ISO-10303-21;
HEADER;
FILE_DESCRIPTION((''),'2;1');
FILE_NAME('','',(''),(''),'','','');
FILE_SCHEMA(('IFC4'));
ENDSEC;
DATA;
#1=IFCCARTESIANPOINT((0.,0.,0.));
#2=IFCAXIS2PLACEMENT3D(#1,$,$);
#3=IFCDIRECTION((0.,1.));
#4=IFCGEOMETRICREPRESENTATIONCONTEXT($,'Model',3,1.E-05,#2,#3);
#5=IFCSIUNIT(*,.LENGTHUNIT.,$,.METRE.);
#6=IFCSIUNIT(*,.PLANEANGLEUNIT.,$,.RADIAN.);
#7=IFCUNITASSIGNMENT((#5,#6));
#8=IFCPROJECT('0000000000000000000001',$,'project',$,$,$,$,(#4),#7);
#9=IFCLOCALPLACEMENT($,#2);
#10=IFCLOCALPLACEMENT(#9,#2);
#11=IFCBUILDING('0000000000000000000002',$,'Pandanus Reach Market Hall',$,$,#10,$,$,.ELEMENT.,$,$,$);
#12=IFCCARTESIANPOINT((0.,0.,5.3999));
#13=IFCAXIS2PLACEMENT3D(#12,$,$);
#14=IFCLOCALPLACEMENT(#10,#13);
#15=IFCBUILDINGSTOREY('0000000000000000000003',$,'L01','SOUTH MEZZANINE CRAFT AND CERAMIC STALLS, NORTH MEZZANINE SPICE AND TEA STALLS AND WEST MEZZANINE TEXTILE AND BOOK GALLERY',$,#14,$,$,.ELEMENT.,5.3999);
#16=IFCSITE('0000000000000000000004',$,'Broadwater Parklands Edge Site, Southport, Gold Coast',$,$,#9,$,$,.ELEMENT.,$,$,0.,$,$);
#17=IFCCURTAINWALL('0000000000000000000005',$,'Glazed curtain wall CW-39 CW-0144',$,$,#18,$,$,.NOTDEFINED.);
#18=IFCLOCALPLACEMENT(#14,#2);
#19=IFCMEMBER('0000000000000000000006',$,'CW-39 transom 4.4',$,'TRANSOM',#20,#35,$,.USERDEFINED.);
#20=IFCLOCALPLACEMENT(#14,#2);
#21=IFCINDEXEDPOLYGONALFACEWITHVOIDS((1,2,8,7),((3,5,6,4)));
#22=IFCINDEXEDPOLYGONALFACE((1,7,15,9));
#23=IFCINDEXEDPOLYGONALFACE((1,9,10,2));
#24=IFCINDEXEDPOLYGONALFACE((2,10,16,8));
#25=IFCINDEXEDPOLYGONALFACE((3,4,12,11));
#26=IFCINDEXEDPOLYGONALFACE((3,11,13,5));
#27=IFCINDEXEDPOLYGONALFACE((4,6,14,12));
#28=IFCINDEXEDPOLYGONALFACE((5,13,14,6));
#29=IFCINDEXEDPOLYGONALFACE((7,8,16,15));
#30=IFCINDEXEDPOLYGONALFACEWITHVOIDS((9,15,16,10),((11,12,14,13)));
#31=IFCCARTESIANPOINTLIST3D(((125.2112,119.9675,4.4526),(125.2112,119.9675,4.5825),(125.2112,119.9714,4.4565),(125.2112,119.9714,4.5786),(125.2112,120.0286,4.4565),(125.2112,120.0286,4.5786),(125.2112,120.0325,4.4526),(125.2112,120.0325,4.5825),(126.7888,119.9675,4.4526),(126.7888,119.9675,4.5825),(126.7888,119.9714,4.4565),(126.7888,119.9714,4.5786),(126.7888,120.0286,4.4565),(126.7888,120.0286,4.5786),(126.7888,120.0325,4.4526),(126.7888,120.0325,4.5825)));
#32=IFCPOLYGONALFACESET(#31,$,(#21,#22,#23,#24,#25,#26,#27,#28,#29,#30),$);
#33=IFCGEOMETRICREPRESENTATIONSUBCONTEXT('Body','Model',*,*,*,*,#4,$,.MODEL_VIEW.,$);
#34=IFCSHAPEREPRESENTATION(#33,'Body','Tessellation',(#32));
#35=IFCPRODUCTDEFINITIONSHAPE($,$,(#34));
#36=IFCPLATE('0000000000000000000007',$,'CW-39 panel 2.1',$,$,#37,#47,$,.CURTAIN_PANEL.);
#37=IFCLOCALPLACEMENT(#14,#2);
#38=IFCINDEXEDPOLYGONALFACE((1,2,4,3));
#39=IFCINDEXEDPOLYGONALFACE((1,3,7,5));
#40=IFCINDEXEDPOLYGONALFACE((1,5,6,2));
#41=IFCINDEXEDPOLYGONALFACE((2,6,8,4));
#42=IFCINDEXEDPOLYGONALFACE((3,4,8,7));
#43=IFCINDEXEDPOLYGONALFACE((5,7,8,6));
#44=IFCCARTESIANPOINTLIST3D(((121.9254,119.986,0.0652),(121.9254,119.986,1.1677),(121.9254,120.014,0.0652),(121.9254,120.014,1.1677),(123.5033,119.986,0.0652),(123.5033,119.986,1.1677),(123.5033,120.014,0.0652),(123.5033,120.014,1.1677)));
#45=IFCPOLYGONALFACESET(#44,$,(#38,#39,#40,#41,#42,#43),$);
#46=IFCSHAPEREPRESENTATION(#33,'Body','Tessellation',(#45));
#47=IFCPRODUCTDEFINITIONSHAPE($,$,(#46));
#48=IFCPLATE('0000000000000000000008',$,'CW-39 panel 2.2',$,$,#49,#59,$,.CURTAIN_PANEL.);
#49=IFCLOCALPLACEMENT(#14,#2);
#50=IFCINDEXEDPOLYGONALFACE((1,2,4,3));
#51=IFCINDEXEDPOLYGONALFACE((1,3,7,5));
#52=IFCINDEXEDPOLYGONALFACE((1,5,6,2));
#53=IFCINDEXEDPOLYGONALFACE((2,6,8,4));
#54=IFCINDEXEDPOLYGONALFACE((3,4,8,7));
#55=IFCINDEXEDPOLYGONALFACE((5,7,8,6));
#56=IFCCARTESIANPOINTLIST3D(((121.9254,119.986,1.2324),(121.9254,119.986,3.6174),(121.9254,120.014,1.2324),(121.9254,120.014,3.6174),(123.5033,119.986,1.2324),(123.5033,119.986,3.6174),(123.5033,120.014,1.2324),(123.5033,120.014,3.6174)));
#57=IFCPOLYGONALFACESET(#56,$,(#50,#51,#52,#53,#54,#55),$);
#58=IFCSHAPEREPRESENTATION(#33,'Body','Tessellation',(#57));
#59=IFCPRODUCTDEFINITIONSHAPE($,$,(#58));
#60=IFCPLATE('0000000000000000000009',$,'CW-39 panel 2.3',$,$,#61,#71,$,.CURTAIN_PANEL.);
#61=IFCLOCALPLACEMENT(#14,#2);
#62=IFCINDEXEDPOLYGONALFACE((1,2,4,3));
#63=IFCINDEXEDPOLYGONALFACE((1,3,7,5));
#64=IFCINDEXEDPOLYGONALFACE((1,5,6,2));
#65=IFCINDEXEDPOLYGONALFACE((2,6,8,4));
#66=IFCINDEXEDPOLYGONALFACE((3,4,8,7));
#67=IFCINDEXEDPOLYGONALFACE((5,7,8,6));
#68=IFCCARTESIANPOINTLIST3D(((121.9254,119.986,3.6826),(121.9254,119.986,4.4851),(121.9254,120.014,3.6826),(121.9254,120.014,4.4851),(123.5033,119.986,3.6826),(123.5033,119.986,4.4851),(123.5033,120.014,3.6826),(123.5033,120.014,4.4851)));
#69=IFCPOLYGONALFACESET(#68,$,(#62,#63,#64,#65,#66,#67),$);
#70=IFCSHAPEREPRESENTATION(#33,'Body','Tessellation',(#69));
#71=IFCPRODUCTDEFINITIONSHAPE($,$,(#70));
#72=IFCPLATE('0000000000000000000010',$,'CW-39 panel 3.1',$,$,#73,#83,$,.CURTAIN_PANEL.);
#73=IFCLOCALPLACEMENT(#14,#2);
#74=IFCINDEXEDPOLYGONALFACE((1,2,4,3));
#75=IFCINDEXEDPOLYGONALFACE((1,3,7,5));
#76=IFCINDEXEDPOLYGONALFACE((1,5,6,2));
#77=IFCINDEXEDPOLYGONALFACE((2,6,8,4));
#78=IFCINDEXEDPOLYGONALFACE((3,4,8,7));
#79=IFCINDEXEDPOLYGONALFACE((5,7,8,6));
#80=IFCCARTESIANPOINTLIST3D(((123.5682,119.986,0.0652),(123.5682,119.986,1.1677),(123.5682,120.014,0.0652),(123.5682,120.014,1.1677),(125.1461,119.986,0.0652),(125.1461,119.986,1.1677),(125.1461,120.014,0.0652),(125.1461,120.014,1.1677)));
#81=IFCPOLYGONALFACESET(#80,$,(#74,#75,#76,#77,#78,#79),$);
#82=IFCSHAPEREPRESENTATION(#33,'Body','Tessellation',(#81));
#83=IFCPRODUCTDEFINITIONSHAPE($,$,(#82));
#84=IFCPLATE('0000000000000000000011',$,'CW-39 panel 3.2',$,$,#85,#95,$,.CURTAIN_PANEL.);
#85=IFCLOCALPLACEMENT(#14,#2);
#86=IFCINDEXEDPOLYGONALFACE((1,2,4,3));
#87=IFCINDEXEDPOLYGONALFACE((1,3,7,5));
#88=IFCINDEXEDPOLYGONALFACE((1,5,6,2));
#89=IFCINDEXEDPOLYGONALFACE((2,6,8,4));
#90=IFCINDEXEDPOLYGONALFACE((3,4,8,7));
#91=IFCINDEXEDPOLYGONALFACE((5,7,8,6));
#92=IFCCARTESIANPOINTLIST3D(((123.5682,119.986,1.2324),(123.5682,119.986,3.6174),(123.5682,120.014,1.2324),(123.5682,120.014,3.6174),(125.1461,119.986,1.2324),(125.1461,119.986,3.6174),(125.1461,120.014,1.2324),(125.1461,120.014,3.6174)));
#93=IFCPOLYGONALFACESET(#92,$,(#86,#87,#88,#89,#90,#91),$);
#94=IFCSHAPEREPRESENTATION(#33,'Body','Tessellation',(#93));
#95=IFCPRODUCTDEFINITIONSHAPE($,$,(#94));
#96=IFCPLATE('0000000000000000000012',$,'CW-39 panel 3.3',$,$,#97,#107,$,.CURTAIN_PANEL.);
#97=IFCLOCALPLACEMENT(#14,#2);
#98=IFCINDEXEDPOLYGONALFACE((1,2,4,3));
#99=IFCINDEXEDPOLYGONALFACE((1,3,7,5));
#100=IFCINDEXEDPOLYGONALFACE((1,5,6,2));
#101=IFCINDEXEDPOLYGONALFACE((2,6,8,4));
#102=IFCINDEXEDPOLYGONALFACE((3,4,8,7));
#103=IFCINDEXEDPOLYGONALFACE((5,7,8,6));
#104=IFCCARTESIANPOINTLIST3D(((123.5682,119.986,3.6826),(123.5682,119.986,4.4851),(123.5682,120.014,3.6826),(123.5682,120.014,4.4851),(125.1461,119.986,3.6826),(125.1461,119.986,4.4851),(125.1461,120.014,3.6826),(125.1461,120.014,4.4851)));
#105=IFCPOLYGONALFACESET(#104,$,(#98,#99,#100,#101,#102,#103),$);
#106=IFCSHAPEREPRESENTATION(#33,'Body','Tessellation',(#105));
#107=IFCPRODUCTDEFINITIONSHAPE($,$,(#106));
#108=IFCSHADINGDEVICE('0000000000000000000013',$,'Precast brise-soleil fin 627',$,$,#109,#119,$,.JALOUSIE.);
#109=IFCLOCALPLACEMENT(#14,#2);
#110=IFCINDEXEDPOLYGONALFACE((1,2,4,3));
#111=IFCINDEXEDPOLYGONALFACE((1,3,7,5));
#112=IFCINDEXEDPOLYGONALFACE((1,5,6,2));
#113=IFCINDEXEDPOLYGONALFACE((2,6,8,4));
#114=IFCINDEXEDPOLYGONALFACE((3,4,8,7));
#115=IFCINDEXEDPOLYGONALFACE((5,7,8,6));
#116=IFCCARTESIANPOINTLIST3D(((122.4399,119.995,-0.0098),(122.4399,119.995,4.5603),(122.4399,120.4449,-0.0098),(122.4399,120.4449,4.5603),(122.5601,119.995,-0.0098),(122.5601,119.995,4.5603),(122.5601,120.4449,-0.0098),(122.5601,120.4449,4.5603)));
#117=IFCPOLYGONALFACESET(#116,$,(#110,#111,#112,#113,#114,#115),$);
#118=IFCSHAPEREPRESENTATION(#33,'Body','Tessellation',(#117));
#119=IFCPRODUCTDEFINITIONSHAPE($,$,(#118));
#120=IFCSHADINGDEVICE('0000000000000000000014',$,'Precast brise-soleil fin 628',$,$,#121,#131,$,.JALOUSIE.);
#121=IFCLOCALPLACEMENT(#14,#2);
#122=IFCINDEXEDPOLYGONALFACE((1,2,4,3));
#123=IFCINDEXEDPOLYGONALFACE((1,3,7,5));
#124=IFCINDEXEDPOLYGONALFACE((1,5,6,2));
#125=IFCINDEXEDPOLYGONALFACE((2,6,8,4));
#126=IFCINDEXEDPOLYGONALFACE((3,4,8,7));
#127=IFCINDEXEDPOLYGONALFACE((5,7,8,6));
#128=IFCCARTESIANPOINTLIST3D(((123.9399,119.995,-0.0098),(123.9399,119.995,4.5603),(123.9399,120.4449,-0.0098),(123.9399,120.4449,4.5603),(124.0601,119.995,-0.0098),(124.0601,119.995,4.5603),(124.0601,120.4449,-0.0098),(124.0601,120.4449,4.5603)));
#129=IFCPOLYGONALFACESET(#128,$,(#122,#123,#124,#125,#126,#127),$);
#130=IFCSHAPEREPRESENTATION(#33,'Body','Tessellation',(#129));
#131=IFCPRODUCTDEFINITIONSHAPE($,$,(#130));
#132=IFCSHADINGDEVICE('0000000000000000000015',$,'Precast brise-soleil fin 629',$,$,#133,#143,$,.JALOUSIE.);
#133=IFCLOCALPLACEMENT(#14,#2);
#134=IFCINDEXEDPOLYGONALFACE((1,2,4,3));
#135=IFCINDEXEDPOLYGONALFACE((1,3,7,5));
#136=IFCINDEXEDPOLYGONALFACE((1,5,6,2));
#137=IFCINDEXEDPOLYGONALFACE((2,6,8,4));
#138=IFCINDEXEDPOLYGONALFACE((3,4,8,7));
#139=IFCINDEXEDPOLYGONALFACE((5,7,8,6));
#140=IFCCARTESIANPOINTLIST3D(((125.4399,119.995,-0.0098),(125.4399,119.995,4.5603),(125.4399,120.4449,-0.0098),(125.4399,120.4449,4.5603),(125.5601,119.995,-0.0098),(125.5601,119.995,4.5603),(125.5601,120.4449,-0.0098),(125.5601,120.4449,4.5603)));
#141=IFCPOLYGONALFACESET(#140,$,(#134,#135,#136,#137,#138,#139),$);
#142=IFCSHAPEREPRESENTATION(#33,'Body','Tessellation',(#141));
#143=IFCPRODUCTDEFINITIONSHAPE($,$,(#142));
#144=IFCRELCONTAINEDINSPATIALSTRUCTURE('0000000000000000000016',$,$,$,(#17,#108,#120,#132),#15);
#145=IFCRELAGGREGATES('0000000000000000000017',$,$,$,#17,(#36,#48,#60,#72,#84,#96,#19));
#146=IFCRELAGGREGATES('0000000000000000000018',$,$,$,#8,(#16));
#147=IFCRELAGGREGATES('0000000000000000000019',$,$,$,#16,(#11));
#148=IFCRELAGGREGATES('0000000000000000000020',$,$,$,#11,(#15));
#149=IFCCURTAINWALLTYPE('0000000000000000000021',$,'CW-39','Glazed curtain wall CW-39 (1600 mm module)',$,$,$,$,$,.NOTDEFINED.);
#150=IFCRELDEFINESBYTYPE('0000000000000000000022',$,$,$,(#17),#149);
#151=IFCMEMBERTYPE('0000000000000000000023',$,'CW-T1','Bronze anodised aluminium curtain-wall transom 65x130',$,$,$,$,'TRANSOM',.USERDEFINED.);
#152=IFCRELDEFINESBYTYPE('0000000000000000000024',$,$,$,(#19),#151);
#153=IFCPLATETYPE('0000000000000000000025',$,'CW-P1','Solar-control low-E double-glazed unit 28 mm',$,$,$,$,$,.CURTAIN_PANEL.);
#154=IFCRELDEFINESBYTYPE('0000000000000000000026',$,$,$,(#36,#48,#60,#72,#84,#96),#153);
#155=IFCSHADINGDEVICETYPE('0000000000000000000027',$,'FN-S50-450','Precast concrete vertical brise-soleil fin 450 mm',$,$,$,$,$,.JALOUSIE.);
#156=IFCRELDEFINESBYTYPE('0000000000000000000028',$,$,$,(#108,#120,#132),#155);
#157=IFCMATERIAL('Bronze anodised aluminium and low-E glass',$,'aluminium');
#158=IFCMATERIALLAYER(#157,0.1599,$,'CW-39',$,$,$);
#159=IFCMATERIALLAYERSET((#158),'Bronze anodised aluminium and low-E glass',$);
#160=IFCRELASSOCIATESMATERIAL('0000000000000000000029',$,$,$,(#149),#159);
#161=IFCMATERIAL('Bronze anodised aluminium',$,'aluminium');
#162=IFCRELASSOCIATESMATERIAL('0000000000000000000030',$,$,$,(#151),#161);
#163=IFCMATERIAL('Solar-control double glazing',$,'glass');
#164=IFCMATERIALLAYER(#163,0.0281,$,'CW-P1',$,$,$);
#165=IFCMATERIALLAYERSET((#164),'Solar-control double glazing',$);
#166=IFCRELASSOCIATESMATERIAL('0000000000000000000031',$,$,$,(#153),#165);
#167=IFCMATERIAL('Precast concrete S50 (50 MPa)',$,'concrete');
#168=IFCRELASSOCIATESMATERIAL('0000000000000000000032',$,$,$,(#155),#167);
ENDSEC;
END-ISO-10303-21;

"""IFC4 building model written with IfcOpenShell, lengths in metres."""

from ifc_helpers import new_model, si_unit, direction, frame, origin, origin_2d, place, context, subcontext, project, spatial, rectangle, hollow_rectangle, extrude, material, layer, layer_set, material_profile, profile_set, type_object, element, aggregate, save


model = new_model("IFC4")

# Units and contexts
model_context = context("Model", 3, precision=1e-05, world=origin(), true_north=direction((0.0, 1.0)))
body_context = subcontext(model_context, "Body", "Model", "MODEL_VIEW")
ifc_project = project(units=[si_unit("LENGTHUNIT", "METRE"), si_unit("PLANEANGLEUNIT", "RADIAN")], contexts=[model_context])

# Site, building, storey
site_placement = place(None, origin())
site = spatial("IfcSite", under=ifc_project, at=site_placement, Name="Broadwater Parklands Edge Site, Southport, Gold Coast", CompositionType="ELEMENT", RefElevation=0.0)
building_placement = place(site_placement, origin())
building = spatial("IfcBuilding", under=site, at=building_placement, Name="Pandanus Reach Market Hall", CompositionType="ELEMENT")
storey_placement = place(building_placement, frame((0.0, 0.0, 5.3999)))
storey = spatial("IfcBuildingStorey", under=building, at=storey_placement, Name="L01", Description="SOUTH MEZZANINE CRAFT AND CERAMIC STALLS, NORTH MEZZANINE SPICE AND TEA STALLS AND WEST MEZZANINE TEXTILE AND BOOK GALLERY", CompositionType="ELEMENT", Elevation=5.3999)

# Curtain wall, member, plates
ifc_material_1 = material(Name="Bronze anodised aluminium and low-E glass", Category="aluminium")
ifc_layer_1 = layer(ifc_material_1, 0.1599, Name="CW-39")
ifc_layer_set_1 = layer_set([ifc_layer_1], Name="Bronze anodised aluminium and low-E glass")
curtain_wall_type = type_object("IfcCurtainWallType", Name="CW-39", Description="Glazed curtain wall CW-39 (1600 mm module)", PredefinedType="NOTDEFINED", material=ifc_layer_set_1)
curtain_wall_placement = place(storey_placement, origin())
curtain_wall = element("IfcCurtainWall", 1, at=curtain_wall_placement, inside=storey, type_object=curtain_wall_type, Name="Glazed curtain wall CW-39 CW-0144", PredefinedType="NOTDEFINED")
ifc_material_2 = material(Name="Bronze anodised aluminium", Category="aluminium")
ifc_material_profile_1 = material_profile(ifc_material_2, hollow_rectangle(XDim=0.0649, YDim=0.1299, WallThickness=0.0039, at=origin_2d()), Name="ALU65x130", Category="LoadBearing")
ifc_profile_set_1 = profile_set([ifc_material_profile_1], Name="Bronze anodised aluminium")
member_type_1 = type_object("IfcMemberType", Name="CW-T1", Description="Bronze anodised aluminium curtain-wall transom 65x130", ElementType="TRANSOM", PredefinedType="USERDEFINED", material=ifc_profile_set_1)
member_1_placement = place(storey_placement, frame((125.2112, 120.0, 4.5176), z_axis=(1.0, 0.0, 0.0), x_axis=(0.0, 1.0, 0.0)))
member_1 = element("IfcMember", 2, at=member_1_placement, type_object=member_type_1, Name="CW-39 transom 4.4", ObjectType="TRANSOM", PredefinedType="USERDEFINED", context=body_context, shape_type="SweptSolid", body=[
    extrude(hollow_rectangle(XDim=0.0649, YDim=0.1299, WallThickness=0.0039, at=origin_2d()), origin(), (0.0, 0.0, 1.0), 1.5776),
])
ifc_material_3 = material(Name="Solar-control double glazing", Category="glass")
ifc_layer_2 = layer(ifc_material_3, 0.0281, Name="CW-P1")
ifc_layer_set_2 = layer_set([ifc_layer_2], Name="Solar-control double glazing")
plate_type = type_object("IfcPlateType", Name="CW-P1", Description="Solar-control low-E double-glazed unit 28 mm", PredefinedType="CURTAIN_PANEL", material=ifc_layer_set_2)
plate_1_placement = place(storey_placement, frame((122.7144, 120.0, 0.0652), z_axis=(0.0, 0.0, 1.0), x_axis=(1.0, 0.0, 0.0)))
plate_1 = element("IfcPlate", 3, at=plate_1_placement, type_object=plate_type, Name="CW-39 panel 2.1", PredefinedType="CURTAIN_PANEL", context=body_context, shape_type="SweptSolid", body=[
    extrude(rectangle(XDim=1.5779, YDim=0.0281, at=origin_2d()), origin(), (0.0, 0.0, 1.0), 1.1025),
])
plate_2_placement = place(storey_placement, frame((122.7144, 120.0, 1.2324), z_axis=(0.0, 0.0, 1.0), x_axis=(1.0, 0.0, 0.0)))
plate_2 = element("IfcPlate", 4, at=plate_2_placement, type_object=plate_type, Name="CW-39 panel 2.2", PredefinedType="CURTAIN_PANEL", context=body_context, shape_type="SweptSolid", body=[
    extrude(rectangle(XDim=1.5779, YDim=0.0281, at=origin_2d()), origin(), (0.0, 0.0, 1.0), 2.385),
])
plate_3_placement = place(storey_placement, frame((122.7144, 120.0, 3.6826), z_axis=(0.0, 0.0, 1.0), x_axis=(1.0, 0.0, 0.0)))
plate_3 = element("IfcPlate", 5, at=plate_3_placement, type_object=plate_type, Name="CW-39 panel 2.3", PredefinedType="CURTAIN_PANEL", context=body_context, shape_type="SweptSolid", body=[
    extrude(rectangle(XDim=1.5779, YDim=0.0281, at=origin_2d()), origin(), (0.0, 0.0, 1.0), 0.8025),
])
plate_4_placement = place(storey_placement, frame((124.3572, 120.0, 0.0652), z_axis=(0.0, 0.0, 1.0), x_axis=(1.0, 0.0, 0.0)))
plate_4 = element("IfcPlate", 6, at=plate_4_placement, type_object=plate_type, Name="CW-39 panel 3.1", PredefinedType="CURTAIN_PANEL", context=body_context, shape_type="SweptSolid", body=[
    extrude(rectangle(XDim=1.5779, YDim=0.0281, at=origin_2d()), origin(), (0.0, 0.0, 1.0), 1.1025),
])
plate_5_placement = place(storey_placement, frame((124.3572, 120.0, 1.2324), z_axis=(0.0, 0.0, 1.0), x_axis=(1.0, 0.0, 0.0)))
plate_5 = element("IfcPlate", 7, at=plate_5_placement, type_object=plate_type, Name="CW-39 panel 3.2", PredefinedType="CURTAIN_PANEL", context=body_context, shape_type="SweptSolid", body=[
    extrude(rectangle(XDim=1.5779, YDim=0.0281, at=origin_2d()), origin(), (0.0, 0.0, 1.0), 2.385),
])
plate_6_placement = place(storey_placement, frame((124.3572, 120.0, 3.6826), z_axis=(0.0, 0.0, 1.0), x_axis=(1.0, 0.0, 0.0)))
plate_6 = element("IfcPlate", 8, at=plate_6_placement, type_object=plate_type, Name="CW-39 panel 3.3", PredefinedType="CURTAIN_PANEL", context=body_context, shape_type="SweptSolid", body=[
    extrude(rectangle(XDim=1.5779, YDim=0.0281, at=origin_2d()), origin(), (0.0, 0.0, 1.0), 0.8025),
])
aggregate(curtain_wall, [plate_1, plate_2, plate_3, plate_4, plate_5, plate_6, member_1])

# Shading devices
ifc_material_4 = material(Name="Precast concrete S50 (50 MPa)", Category="concrete")
shading_device_type = type_object("IfcShadingDeviceType", Name="FN-S50-450", Description="Precast concrete vertical brise-soleil fin 450 mm", PredefinedType="JALOUSIE", material=ifc_material_4)
for number, where, z_axis, x_axis, name in (
    (9, (122.5, 120.22, -0.0098), (0.0, 0.0, 1.0), (0.0, 1.0, 0.0), "Precast brise-soleil fin 627"),
    (10, (124.0, 120.22, -0.0098), (0.0, 0.0, 1.0), (0.0, 1.0, 0.0), "Precast brise-soleil fin 628"),
    (11, (125.5, 120.22, -0.0098), (0.0, 0.0, 1.0), (0.0, 1.0, 0.0), "Precast brise-soleil fin 629"),
):
    element("IfcShadingDevice", number, at=place(storey_placement, frame(where, z_axis=z_axis, x_axis=x_axis)), inside=storey, type_object=shading_device_type, Name=name, PredefinedType="JALOUSIE", context=body_context, shape_type="SweptSolid", body=[
        extrude(rectangle(XDim=0.45, YDim=0.1201, at=origin_2d()), origin(), (0.0, 0.0, 1.0), 4.5701),
    ])

save(model, "model.ifc")
